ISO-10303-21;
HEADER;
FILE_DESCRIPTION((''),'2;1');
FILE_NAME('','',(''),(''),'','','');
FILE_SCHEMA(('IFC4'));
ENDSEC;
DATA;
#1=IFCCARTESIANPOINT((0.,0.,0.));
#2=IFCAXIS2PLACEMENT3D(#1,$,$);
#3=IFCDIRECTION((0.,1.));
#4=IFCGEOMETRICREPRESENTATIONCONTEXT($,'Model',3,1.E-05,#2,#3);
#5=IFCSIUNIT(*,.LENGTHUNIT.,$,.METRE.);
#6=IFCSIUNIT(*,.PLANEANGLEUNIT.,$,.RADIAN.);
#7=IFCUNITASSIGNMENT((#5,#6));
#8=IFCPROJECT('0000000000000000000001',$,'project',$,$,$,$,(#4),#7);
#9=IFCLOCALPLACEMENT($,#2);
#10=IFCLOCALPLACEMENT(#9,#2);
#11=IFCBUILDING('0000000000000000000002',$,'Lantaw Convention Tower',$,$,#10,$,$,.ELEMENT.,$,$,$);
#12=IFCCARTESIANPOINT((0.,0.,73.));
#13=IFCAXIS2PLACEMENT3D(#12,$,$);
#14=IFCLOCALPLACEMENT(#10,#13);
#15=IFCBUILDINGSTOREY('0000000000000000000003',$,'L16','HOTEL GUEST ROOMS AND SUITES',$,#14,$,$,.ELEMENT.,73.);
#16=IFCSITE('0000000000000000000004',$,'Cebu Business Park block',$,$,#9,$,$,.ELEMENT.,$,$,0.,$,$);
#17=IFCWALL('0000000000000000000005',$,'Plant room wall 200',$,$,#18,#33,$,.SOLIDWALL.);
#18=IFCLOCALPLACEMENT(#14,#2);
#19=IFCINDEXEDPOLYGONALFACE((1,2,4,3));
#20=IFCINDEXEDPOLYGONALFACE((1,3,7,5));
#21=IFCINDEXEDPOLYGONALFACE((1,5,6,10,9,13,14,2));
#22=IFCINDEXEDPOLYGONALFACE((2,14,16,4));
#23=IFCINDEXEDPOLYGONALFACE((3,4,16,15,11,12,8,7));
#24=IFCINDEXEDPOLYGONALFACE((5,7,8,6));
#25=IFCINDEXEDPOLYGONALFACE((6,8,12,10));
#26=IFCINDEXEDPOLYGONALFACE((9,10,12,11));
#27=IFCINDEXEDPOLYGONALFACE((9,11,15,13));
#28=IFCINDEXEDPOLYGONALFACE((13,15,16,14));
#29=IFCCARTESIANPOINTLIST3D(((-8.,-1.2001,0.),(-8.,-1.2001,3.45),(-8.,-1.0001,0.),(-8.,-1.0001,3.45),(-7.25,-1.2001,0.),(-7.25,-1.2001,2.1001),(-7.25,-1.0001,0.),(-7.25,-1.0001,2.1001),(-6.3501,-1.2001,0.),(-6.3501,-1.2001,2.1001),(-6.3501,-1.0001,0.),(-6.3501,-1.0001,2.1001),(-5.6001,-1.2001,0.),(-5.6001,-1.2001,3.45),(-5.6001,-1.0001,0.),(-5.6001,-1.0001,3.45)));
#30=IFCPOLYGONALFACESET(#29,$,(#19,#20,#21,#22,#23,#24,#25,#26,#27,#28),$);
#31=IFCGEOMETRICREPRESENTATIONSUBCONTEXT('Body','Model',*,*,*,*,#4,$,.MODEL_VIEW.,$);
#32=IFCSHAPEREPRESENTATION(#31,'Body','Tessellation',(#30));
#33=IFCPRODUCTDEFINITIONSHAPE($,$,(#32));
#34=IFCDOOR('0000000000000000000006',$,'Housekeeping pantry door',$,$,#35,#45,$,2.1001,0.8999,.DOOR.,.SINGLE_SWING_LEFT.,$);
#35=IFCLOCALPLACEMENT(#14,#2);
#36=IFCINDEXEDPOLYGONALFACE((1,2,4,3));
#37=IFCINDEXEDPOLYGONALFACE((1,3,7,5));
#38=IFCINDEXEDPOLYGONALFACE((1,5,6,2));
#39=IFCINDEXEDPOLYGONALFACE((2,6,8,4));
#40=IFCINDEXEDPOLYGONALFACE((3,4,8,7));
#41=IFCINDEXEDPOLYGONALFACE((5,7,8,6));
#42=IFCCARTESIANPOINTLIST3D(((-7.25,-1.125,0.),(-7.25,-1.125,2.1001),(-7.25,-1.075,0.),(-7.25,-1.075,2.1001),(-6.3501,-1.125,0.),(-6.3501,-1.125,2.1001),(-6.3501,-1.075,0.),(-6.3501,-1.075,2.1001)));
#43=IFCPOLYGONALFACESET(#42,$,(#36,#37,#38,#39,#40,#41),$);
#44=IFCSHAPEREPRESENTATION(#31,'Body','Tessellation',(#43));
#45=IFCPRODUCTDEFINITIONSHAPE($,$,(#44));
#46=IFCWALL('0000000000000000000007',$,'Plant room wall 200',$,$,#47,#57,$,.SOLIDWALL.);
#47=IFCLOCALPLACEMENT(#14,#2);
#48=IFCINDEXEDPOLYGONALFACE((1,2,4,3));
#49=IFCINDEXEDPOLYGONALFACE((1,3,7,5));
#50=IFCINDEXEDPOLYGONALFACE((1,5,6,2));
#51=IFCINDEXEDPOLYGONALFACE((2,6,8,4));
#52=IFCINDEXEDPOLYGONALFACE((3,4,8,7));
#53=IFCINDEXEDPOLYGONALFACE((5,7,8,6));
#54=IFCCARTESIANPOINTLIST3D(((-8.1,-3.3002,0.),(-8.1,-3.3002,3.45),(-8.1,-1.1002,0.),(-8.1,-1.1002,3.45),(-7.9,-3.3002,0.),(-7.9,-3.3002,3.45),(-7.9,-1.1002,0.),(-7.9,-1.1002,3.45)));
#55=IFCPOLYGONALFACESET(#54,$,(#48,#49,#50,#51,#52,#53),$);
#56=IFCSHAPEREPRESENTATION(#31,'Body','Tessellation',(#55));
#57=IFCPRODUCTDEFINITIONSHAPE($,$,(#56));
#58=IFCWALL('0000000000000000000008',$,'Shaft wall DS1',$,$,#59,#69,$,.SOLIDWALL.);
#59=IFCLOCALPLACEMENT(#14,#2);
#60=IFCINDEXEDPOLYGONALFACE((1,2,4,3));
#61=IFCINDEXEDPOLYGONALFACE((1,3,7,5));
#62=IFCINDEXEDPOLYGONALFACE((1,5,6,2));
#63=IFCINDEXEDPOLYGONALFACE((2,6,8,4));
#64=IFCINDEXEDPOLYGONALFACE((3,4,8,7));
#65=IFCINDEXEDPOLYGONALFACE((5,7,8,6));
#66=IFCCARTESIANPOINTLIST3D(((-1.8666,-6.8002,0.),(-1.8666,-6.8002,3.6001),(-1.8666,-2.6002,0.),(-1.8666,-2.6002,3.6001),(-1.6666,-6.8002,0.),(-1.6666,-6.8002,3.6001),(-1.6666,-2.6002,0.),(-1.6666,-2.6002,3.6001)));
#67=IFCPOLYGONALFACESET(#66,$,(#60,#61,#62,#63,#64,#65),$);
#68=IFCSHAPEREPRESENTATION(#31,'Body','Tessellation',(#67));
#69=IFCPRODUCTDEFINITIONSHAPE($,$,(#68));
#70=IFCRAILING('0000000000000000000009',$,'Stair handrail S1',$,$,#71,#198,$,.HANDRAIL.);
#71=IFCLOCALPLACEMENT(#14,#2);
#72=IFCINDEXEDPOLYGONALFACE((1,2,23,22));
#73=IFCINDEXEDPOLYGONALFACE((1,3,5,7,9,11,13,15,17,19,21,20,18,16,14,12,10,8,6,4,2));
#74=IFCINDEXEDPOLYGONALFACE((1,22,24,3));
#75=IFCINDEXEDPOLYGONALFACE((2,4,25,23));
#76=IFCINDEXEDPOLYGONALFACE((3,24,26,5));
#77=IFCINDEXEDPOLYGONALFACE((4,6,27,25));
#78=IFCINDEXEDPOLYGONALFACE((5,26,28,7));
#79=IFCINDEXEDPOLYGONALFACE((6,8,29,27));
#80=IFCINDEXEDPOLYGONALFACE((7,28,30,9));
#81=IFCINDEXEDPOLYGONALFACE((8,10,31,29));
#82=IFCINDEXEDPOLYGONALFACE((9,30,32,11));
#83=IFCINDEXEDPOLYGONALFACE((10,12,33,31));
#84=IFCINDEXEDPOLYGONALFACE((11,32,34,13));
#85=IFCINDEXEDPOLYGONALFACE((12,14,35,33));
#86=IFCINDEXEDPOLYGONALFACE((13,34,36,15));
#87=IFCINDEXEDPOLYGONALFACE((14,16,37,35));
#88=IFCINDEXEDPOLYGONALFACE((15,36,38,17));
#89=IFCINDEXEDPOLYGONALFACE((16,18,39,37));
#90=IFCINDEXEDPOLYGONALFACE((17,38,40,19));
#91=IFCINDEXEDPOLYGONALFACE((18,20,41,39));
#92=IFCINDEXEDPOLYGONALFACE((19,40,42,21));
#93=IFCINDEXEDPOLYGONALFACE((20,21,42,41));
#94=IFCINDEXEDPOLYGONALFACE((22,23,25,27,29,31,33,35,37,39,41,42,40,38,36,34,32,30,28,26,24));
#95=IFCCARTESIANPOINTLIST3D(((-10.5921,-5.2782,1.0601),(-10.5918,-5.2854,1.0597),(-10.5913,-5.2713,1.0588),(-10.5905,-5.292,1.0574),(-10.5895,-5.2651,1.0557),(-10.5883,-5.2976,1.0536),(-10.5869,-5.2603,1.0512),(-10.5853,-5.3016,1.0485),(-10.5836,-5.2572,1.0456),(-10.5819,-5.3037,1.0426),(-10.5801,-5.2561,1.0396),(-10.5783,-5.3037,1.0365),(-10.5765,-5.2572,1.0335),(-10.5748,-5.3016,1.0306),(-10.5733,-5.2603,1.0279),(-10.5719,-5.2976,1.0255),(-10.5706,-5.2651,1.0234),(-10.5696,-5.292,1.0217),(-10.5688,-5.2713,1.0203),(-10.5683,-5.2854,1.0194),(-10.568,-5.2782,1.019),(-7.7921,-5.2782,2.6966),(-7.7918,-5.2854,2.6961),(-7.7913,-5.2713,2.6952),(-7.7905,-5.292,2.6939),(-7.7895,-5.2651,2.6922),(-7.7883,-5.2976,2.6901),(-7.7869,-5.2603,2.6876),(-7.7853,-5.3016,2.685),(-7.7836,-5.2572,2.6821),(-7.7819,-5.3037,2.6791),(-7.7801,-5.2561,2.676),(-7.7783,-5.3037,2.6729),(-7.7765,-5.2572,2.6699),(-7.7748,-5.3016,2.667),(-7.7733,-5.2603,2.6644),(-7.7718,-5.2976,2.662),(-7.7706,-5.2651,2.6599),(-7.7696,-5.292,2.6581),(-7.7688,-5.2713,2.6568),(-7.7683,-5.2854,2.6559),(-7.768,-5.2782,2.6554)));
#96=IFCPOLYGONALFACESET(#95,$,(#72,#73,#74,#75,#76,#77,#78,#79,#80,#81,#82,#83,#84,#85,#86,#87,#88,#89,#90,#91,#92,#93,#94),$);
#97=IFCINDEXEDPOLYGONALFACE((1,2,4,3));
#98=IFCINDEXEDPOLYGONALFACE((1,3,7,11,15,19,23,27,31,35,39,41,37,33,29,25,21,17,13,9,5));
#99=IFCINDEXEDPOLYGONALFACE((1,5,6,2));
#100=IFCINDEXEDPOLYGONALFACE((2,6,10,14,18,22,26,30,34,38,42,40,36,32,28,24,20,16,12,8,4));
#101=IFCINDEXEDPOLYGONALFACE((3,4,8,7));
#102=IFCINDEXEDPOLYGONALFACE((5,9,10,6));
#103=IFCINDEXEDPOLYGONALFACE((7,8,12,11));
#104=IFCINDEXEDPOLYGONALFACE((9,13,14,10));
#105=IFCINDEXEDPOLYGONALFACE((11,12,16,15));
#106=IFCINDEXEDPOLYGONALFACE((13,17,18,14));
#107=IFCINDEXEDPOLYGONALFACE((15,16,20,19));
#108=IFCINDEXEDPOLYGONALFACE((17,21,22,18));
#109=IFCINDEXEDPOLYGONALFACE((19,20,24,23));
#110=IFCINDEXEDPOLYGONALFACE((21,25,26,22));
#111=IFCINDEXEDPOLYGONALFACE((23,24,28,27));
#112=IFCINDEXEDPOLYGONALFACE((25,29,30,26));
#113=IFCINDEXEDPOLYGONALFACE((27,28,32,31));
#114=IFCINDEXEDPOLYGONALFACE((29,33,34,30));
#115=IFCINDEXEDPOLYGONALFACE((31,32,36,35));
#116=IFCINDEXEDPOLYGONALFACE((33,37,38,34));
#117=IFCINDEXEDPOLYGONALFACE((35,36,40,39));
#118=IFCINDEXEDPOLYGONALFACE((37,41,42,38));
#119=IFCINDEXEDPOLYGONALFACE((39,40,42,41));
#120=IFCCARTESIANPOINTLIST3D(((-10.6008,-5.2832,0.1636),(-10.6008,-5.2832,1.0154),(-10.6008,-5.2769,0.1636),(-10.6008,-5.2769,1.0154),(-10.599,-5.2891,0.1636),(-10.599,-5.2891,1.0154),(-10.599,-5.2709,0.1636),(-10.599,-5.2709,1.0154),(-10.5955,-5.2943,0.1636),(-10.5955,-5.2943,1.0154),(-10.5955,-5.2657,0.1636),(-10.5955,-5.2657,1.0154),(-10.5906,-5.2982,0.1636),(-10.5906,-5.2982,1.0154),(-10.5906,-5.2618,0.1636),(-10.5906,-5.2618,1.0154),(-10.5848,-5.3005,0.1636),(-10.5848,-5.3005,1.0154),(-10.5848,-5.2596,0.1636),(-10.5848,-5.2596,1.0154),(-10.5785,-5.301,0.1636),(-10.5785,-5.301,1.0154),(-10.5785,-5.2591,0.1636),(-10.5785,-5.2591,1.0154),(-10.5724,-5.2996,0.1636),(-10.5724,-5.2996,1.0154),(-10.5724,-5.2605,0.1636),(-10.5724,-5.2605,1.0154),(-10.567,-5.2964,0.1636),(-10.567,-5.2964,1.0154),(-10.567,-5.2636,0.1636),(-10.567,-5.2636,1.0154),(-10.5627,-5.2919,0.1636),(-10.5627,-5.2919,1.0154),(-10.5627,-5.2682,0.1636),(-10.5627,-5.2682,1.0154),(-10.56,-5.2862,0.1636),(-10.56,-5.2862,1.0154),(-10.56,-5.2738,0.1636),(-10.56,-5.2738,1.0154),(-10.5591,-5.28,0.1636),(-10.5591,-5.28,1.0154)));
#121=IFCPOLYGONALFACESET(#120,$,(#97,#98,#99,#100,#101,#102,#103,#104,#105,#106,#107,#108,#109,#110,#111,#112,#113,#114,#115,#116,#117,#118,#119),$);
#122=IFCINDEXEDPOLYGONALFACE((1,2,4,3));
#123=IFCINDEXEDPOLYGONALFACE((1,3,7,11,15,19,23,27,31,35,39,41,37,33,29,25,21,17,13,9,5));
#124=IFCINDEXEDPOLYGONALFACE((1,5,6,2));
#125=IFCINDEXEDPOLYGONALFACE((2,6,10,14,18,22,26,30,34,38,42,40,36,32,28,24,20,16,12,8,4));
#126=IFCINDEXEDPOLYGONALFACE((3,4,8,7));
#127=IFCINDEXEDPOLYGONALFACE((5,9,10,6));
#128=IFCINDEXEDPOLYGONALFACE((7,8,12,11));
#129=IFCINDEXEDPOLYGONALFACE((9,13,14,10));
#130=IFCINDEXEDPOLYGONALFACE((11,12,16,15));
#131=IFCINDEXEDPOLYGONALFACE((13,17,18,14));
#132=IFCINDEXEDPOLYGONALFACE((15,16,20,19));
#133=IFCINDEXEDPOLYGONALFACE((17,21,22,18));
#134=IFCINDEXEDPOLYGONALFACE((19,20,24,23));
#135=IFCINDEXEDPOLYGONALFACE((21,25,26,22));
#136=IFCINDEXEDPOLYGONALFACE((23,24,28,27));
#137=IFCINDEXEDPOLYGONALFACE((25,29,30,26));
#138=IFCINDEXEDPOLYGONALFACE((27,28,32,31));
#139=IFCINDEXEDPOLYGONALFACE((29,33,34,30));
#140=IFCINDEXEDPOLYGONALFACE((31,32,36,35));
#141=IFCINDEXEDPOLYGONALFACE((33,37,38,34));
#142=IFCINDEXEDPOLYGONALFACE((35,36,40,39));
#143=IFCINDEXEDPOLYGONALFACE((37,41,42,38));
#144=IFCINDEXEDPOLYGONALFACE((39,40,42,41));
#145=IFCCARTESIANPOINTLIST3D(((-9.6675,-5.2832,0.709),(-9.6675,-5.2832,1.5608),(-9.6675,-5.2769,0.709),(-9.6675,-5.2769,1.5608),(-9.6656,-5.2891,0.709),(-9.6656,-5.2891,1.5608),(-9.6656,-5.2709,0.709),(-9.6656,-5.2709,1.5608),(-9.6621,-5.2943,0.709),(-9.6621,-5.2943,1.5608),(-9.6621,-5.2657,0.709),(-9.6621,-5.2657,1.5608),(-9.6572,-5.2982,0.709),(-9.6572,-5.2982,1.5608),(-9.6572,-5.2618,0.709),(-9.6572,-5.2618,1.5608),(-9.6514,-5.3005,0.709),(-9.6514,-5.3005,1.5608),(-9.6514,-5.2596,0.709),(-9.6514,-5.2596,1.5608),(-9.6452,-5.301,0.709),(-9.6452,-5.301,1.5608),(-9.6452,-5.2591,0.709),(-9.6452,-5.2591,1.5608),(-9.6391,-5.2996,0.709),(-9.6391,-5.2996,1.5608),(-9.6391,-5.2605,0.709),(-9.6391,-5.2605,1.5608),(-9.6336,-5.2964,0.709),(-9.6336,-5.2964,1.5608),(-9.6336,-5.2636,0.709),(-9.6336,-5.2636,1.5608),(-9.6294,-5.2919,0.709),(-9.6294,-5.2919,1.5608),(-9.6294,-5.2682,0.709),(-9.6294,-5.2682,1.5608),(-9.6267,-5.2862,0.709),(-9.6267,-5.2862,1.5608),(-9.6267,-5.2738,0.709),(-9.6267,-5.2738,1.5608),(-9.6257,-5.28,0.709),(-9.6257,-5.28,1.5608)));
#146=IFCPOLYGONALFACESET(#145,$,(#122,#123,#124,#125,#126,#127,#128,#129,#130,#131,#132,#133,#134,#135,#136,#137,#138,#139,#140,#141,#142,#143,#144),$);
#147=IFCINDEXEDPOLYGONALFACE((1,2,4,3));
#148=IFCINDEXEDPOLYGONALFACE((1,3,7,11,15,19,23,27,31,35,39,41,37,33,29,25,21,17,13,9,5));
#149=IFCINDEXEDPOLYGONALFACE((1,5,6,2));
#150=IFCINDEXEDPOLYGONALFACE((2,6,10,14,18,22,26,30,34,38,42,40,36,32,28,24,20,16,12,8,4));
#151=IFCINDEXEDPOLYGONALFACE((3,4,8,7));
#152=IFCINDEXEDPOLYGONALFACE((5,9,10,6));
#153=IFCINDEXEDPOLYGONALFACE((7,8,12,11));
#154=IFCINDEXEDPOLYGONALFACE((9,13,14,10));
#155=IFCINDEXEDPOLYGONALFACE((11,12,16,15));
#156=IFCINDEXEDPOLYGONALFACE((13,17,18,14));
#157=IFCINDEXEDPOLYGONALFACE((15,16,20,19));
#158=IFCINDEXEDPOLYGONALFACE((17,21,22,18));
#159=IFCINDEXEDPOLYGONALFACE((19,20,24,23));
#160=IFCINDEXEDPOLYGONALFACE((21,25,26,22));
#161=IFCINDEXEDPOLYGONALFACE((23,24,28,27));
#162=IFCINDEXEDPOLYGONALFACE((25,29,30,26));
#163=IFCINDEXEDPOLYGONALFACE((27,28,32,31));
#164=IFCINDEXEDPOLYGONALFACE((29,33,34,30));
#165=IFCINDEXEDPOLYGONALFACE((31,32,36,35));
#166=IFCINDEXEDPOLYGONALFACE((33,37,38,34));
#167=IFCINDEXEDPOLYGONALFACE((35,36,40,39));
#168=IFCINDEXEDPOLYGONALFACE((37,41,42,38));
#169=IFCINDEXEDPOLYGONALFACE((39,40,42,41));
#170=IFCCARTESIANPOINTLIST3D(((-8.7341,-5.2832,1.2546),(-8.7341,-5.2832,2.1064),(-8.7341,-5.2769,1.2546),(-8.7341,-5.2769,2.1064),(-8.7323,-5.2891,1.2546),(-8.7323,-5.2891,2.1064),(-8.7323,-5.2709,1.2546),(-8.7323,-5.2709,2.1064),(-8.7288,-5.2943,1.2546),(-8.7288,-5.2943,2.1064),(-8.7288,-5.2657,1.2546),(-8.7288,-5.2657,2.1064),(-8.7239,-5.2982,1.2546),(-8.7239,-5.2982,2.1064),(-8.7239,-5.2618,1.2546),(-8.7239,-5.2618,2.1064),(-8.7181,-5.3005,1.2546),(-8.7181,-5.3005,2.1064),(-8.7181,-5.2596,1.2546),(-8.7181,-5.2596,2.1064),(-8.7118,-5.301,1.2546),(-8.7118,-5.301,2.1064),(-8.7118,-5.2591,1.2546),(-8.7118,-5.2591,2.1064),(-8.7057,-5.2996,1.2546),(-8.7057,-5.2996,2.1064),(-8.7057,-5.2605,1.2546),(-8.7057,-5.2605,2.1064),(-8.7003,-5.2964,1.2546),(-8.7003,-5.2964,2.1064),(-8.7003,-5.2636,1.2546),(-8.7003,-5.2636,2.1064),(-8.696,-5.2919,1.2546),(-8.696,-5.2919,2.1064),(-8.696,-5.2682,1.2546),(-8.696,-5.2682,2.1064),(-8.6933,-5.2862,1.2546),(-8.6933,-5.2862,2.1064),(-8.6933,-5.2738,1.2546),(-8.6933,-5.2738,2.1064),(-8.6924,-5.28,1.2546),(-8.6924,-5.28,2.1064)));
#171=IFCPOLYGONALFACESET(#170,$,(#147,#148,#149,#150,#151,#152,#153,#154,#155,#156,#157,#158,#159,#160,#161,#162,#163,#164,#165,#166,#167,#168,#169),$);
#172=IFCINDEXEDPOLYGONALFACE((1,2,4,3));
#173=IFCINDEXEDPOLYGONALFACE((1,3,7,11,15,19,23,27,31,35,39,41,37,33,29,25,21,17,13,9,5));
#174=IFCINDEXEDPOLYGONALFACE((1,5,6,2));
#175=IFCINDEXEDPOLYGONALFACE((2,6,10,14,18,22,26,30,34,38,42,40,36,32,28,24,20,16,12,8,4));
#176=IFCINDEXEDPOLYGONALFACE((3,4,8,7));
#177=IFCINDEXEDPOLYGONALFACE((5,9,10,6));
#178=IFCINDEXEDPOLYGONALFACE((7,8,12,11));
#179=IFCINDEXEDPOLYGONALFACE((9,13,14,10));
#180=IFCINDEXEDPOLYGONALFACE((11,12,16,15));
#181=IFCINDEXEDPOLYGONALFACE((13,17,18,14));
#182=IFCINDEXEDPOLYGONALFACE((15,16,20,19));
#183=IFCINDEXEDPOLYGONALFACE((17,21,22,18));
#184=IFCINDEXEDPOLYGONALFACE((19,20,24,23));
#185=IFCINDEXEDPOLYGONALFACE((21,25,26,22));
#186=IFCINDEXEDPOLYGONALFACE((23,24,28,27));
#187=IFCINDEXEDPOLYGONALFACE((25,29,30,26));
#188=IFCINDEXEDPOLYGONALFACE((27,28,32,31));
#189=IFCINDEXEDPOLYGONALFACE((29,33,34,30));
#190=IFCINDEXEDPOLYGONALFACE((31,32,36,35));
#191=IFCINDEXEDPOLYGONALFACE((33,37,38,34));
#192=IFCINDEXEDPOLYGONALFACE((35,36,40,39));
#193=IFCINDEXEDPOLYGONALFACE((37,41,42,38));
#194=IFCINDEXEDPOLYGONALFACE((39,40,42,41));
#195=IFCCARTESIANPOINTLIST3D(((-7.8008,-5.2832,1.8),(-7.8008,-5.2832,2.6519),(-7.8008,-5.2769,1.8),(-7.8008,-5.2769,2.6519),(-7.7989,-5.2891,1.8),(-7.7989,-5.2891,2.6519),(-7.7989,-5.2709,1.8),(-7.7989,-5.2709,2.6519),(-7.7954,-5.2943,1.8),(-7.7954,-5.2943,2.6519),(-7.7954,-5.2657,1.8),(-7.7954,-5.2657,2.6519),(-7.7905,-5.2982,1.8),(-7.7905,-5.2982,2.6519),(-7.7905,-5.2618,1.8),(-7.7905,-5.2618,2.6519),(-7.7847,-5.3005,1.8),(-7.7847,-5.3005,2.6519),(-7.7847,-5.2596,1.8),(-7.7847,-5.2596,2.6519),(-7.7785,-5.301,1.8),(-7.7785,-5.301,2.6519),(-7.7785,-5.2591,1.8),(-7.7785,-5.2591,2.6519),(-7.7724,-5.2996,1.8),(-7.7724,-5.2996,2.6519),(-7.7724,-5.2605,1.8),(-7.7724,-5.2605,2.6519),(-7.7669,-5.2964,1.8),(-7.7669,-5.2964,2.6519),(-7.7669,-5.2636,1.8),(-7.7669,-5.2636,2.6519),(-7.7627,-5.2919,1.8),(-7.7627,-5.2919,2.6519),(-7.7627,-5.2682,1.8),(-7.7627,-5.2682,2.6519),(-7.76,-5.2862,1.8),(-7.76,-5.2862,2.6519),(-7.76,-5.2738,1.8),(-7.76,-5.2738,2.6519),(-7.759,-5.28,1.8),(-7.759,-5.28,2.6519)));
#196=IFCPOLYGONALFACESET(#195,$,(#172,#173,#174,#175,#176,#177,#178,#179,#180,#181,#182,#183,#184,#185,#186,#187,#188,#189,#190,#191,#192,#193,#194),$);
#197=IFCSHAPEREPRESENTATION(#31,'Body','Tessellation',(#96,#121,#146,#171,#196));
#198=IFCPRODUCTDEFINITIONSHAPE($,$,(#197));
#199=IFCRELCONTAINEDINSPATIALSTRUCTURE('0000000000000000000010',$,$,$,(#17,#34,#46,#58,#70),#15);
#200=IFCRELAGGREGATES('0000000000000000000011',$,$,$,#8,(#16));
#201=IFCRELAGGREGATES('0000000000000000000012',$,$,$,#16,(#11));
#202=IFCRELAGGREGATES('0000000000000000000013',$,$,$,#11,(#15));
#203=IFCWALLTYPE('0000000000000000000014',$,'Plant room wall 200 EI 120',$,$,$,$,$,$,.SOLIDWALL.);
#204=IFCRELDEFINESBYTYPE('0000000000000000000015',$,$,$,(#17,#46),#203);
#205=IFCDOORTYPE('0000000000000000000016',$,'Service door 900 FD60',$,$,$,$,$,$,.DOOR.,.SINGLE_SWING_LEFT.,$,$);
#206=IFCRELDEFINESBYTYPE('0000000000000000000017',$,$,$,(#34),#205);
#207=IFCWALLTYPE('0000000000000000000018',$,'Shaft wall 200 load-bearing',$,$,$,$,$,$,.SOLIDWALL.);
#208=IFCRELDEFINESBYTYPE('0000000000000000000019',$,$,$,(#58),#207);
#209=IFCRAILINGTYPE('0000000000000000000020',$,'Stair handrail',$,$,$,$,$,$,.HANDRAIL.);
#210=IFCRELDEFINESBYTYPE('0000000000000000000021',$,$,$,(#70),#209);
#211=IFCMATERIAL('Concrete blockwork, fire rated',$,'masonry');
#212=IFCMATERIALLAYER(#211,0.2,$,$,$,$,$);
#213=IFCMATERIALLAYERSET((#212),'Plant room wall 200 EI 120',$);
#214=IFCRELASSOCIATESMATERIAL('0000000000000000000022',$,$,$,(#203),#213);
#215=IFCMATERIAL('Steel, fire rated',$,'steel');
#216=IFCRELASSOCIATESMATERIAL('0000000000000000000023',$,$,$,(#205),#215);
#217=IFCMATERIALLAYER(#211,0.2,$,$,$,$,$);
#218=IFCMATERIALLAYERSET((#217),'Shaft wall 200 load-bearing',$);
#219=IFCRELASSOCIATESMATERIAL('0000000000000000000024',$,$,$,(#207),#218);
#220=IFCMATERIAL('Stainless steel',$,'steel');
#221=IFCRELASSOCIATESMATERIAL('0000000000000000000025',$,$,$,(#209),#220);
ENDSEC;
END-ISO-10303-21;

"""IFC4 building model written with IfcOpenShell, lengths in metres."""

from ifc_helpers import new_model, si_unit, direction, frame, frame_2d, origin, origin_2d, place, context, subcontext, project, spatial, rectangle, circle, extrude, material, layer, layer_set, type_object, element, fill, save


model = new_model("IFC4")

# Units and contexts
model_context = context("Model", 3, precision=1e-05, world=origin(), true_north=direction((0.0, 1.0)))
body_context = subcontext(model_context, "Body", "Model", "MODEL_VIEW")
ifc_project = project(units=[si_unit("LENGTHUNIT", "METRE"), si_unit("PLANEANGLEUNIT", "RADIAN")], contexts=[model_context])

# Site, building, storey
site_placement = place(None, origin())
site = spatial("IfcSite", under=ifc_project, at=site_placement, Name="Cebu Business Park block", CompositionType="ELEMENT", RefElevation=0.0)
building_placement = place(site_placement, origin())
building = spatial("IfcBuilding", under=site, at=building_placement, Name="Lantaw Convention Tower", CompositionType="ELEMENT")
storey_placement = place(building_placement, frame((0.0, 0.0, 73.0)))
storey = spatial("IfcBuildingStorey", under=building, at=storey_placement, Name="L16", Description="HOTEL GUEST ROOMS AND SUITES", CompositionType="ELEMENT", Elevation=73.0)

# Shared definitions
ifc_material_1 = material(Name="Steel, fire rated", Category="steel")

# Shared definitions
ifc_material_2 = material(Name="Stainless steel", Category="steel")

# Wall, opening, door
ifc_material_3 = material(Name="Concrete blockwork, fire rated", Category="masonry")
ifc_layer_1 = layer(ifc_material_3, 0.2)
ifc_layer_set_1 = layer_set([ifc_layer_1], Name="Plant room wall 200 EI 120")
wall_type_1 = type_object("IfcWallType", Name="Plant room wall 200 EI 120", PredefinedType="SOLIDWALL", material=ifc_layer_set_1)
wall_1_placement = place(storey_placement, frame((-5.6001, -1.1001, 0.0), z_axis=(0.0, 0.0, 1.0), x_axis=(-1.0, 0.0, 0.0)))
wall_1 = element("IfcWall", 1, at=wall_1_placement, inside=storey, type_object=wall_type_1, Name="Plant room wall 200", PredefinedType="SOLIDWALL", context=body_context, shape_type="SweptSolid", body=[
    extrude(rectangle(XDim=2.3999, YDim=0.2, at=frame_2d((1.2, 0.0))), origin(), (0.0, 0.0, 1.0), 3.45),
])
opening_1_placement = place(wall_1_placement, frame((0.75, 0.0, 0.0)))
opening_1 = element("IfcOpeningElement", 2, at=opening_1_placement, cuts=wall_1, PredefinedType="OPENING", context=body_context, shape_type="SweptSolid", body=[
    extrude(rectangle(XDim=0.8999, YDim=2.1001, at=frame_2d((0.45, 1.05))), frame((0.0, 0.1099, 0.0), z_axis=(0.0, -1.0, 0.0), x_axis=(1.0, 0.0, 0.0)), (0.0, 0.0, 1.0), 0.22),
])
door_type_1 = type_object("IfcDoorType", Name="Service door 900 FD60", OperationType="SINGLE_SWING_LEFT", PredefinedType="DOOR", material=ifc_material_1)
door_1_placement = place(opening_1_placement, origin())
door_1 = element("IfcDoor", 3, at=door_1_placement, inside=storey, type_object=door_type_1, Name="Housekeeping pantry door", OperationType="SINGLE_SWING_LEFT", OverallHeight=2.1001, OverallWidth=0.8999, PredefinedType="DOOR", context=body_context, shape_type="SweptSolid", body=[
    extrude(rectangle(XDim=0.8999, YDim=2.1001, at=frame_2d((0.45, 1.05))), frame((0.0, 0.0249, 0.0), z_axis=(0.0, -1.0, 0.0), x_axis=(1.0, 0.0, 0.0)), (0.0, 0.0, 1.0), 0.05),
])
fill(opening_1, door_1)

# Walls
wall_2_placement = place(storey_placement, frame((-8.0, -1.1001, 0.0), z_axis=(0.0, 0.0, 1.0), x_axis=(0.0, -1.0, 0.0)))
element("IfcWall", 4, at=wall_2_placement, inside=storey, type_object=wall_type_1, Name="Plant room wall 200", PredefinedType="SOLIDWALL", context=body_context, shape_type="SweptSolid", body=[
    extrude(rectangle(XDim=2.2, YDim=0.2, at=frame_2d((1.1001, 0.0))), origin(), (0.0, 0.0, 1.0), 3.45),
])
ifc_layer_2 = layer(ifc_material_3, 0.2)
ifc_layer_set_2 = layer_set([ifc_layer_2], Name="Shaft wall 200 load-bearing")
wall_type_2 = type_object("IfcWallType", Name="Shaft wall 200 load-bearing", PredefinedType="SOLIDWALL", material=ifc_layer_set_2)
wall_3_placement = place(storey_placement, frame((-1.7666, -2.6001, 0.0), z_axis=(0.0, 0.0, 1.0), x_axis=(0.0, -1.0, 0.0)))
element("IfcWall", 5, at=wall_3_placement, inside=storey, type_object=wall_type_2, Name="Shaft wall DS1", PredefinedType="SOLIDWALL", context=body_context, shape_type="SweptSolid", body=[
    extrude(rectangle(XDim=4.2, YDim=0.2, at=frame_2d((2.1001, 0.0))), origin(), (0.0, 0.0, 1.0), 3.6001),
])

# Railing
railing_type = type_object("IfcRailingType", Name="Stair handrail", PredefinedType="HANDRAIL", material=ifc_material_2)
railing_1_placement = place(storey_placement, frame((-10.5801, -5.28, 0.1636)))
element("IfcRailing", 6, at=railing_1_placement, inside=storey, type_object=railing_type, Name="Stair handrail S1", PredefinedType="HANDRAIL", context=body_context, shape_type="SweptSolid", body=[
    extrude(circle(Radius=0.0239, at=origin_2d()), frame((0.0, 0.0, 0.876), z_axis=(0.863361, 0.0, 0.504587), x_axis=(0.0, 1.0, 0.0)), (0.0, 0.0, 1.0), 3.2432),
    extrude(circle(Radius=0.021, at=origin_2d()), origin(), (0.0, 0.0, 1.0), 0.8518),
    extrude(circle(Radius=0.021, at=origin_2d()), frame((0.9333, 0.0, 0.5454)), (0.0, 0.0, 1.0), 0.8518),
    extrude(circle(Radius=0.021, at=origin_2d()), frame((1.8667, 0.0, 1.0911)), (0.0, 0.0, 1.0), 0.8518),
    extrude(circle(Radius=0.021, at=origin_2d()), frame((2.8, 0.0, 1.6365)), (0.0, 0.0, 1.0), 0.8518),
])

save(model, "model.ifc")
